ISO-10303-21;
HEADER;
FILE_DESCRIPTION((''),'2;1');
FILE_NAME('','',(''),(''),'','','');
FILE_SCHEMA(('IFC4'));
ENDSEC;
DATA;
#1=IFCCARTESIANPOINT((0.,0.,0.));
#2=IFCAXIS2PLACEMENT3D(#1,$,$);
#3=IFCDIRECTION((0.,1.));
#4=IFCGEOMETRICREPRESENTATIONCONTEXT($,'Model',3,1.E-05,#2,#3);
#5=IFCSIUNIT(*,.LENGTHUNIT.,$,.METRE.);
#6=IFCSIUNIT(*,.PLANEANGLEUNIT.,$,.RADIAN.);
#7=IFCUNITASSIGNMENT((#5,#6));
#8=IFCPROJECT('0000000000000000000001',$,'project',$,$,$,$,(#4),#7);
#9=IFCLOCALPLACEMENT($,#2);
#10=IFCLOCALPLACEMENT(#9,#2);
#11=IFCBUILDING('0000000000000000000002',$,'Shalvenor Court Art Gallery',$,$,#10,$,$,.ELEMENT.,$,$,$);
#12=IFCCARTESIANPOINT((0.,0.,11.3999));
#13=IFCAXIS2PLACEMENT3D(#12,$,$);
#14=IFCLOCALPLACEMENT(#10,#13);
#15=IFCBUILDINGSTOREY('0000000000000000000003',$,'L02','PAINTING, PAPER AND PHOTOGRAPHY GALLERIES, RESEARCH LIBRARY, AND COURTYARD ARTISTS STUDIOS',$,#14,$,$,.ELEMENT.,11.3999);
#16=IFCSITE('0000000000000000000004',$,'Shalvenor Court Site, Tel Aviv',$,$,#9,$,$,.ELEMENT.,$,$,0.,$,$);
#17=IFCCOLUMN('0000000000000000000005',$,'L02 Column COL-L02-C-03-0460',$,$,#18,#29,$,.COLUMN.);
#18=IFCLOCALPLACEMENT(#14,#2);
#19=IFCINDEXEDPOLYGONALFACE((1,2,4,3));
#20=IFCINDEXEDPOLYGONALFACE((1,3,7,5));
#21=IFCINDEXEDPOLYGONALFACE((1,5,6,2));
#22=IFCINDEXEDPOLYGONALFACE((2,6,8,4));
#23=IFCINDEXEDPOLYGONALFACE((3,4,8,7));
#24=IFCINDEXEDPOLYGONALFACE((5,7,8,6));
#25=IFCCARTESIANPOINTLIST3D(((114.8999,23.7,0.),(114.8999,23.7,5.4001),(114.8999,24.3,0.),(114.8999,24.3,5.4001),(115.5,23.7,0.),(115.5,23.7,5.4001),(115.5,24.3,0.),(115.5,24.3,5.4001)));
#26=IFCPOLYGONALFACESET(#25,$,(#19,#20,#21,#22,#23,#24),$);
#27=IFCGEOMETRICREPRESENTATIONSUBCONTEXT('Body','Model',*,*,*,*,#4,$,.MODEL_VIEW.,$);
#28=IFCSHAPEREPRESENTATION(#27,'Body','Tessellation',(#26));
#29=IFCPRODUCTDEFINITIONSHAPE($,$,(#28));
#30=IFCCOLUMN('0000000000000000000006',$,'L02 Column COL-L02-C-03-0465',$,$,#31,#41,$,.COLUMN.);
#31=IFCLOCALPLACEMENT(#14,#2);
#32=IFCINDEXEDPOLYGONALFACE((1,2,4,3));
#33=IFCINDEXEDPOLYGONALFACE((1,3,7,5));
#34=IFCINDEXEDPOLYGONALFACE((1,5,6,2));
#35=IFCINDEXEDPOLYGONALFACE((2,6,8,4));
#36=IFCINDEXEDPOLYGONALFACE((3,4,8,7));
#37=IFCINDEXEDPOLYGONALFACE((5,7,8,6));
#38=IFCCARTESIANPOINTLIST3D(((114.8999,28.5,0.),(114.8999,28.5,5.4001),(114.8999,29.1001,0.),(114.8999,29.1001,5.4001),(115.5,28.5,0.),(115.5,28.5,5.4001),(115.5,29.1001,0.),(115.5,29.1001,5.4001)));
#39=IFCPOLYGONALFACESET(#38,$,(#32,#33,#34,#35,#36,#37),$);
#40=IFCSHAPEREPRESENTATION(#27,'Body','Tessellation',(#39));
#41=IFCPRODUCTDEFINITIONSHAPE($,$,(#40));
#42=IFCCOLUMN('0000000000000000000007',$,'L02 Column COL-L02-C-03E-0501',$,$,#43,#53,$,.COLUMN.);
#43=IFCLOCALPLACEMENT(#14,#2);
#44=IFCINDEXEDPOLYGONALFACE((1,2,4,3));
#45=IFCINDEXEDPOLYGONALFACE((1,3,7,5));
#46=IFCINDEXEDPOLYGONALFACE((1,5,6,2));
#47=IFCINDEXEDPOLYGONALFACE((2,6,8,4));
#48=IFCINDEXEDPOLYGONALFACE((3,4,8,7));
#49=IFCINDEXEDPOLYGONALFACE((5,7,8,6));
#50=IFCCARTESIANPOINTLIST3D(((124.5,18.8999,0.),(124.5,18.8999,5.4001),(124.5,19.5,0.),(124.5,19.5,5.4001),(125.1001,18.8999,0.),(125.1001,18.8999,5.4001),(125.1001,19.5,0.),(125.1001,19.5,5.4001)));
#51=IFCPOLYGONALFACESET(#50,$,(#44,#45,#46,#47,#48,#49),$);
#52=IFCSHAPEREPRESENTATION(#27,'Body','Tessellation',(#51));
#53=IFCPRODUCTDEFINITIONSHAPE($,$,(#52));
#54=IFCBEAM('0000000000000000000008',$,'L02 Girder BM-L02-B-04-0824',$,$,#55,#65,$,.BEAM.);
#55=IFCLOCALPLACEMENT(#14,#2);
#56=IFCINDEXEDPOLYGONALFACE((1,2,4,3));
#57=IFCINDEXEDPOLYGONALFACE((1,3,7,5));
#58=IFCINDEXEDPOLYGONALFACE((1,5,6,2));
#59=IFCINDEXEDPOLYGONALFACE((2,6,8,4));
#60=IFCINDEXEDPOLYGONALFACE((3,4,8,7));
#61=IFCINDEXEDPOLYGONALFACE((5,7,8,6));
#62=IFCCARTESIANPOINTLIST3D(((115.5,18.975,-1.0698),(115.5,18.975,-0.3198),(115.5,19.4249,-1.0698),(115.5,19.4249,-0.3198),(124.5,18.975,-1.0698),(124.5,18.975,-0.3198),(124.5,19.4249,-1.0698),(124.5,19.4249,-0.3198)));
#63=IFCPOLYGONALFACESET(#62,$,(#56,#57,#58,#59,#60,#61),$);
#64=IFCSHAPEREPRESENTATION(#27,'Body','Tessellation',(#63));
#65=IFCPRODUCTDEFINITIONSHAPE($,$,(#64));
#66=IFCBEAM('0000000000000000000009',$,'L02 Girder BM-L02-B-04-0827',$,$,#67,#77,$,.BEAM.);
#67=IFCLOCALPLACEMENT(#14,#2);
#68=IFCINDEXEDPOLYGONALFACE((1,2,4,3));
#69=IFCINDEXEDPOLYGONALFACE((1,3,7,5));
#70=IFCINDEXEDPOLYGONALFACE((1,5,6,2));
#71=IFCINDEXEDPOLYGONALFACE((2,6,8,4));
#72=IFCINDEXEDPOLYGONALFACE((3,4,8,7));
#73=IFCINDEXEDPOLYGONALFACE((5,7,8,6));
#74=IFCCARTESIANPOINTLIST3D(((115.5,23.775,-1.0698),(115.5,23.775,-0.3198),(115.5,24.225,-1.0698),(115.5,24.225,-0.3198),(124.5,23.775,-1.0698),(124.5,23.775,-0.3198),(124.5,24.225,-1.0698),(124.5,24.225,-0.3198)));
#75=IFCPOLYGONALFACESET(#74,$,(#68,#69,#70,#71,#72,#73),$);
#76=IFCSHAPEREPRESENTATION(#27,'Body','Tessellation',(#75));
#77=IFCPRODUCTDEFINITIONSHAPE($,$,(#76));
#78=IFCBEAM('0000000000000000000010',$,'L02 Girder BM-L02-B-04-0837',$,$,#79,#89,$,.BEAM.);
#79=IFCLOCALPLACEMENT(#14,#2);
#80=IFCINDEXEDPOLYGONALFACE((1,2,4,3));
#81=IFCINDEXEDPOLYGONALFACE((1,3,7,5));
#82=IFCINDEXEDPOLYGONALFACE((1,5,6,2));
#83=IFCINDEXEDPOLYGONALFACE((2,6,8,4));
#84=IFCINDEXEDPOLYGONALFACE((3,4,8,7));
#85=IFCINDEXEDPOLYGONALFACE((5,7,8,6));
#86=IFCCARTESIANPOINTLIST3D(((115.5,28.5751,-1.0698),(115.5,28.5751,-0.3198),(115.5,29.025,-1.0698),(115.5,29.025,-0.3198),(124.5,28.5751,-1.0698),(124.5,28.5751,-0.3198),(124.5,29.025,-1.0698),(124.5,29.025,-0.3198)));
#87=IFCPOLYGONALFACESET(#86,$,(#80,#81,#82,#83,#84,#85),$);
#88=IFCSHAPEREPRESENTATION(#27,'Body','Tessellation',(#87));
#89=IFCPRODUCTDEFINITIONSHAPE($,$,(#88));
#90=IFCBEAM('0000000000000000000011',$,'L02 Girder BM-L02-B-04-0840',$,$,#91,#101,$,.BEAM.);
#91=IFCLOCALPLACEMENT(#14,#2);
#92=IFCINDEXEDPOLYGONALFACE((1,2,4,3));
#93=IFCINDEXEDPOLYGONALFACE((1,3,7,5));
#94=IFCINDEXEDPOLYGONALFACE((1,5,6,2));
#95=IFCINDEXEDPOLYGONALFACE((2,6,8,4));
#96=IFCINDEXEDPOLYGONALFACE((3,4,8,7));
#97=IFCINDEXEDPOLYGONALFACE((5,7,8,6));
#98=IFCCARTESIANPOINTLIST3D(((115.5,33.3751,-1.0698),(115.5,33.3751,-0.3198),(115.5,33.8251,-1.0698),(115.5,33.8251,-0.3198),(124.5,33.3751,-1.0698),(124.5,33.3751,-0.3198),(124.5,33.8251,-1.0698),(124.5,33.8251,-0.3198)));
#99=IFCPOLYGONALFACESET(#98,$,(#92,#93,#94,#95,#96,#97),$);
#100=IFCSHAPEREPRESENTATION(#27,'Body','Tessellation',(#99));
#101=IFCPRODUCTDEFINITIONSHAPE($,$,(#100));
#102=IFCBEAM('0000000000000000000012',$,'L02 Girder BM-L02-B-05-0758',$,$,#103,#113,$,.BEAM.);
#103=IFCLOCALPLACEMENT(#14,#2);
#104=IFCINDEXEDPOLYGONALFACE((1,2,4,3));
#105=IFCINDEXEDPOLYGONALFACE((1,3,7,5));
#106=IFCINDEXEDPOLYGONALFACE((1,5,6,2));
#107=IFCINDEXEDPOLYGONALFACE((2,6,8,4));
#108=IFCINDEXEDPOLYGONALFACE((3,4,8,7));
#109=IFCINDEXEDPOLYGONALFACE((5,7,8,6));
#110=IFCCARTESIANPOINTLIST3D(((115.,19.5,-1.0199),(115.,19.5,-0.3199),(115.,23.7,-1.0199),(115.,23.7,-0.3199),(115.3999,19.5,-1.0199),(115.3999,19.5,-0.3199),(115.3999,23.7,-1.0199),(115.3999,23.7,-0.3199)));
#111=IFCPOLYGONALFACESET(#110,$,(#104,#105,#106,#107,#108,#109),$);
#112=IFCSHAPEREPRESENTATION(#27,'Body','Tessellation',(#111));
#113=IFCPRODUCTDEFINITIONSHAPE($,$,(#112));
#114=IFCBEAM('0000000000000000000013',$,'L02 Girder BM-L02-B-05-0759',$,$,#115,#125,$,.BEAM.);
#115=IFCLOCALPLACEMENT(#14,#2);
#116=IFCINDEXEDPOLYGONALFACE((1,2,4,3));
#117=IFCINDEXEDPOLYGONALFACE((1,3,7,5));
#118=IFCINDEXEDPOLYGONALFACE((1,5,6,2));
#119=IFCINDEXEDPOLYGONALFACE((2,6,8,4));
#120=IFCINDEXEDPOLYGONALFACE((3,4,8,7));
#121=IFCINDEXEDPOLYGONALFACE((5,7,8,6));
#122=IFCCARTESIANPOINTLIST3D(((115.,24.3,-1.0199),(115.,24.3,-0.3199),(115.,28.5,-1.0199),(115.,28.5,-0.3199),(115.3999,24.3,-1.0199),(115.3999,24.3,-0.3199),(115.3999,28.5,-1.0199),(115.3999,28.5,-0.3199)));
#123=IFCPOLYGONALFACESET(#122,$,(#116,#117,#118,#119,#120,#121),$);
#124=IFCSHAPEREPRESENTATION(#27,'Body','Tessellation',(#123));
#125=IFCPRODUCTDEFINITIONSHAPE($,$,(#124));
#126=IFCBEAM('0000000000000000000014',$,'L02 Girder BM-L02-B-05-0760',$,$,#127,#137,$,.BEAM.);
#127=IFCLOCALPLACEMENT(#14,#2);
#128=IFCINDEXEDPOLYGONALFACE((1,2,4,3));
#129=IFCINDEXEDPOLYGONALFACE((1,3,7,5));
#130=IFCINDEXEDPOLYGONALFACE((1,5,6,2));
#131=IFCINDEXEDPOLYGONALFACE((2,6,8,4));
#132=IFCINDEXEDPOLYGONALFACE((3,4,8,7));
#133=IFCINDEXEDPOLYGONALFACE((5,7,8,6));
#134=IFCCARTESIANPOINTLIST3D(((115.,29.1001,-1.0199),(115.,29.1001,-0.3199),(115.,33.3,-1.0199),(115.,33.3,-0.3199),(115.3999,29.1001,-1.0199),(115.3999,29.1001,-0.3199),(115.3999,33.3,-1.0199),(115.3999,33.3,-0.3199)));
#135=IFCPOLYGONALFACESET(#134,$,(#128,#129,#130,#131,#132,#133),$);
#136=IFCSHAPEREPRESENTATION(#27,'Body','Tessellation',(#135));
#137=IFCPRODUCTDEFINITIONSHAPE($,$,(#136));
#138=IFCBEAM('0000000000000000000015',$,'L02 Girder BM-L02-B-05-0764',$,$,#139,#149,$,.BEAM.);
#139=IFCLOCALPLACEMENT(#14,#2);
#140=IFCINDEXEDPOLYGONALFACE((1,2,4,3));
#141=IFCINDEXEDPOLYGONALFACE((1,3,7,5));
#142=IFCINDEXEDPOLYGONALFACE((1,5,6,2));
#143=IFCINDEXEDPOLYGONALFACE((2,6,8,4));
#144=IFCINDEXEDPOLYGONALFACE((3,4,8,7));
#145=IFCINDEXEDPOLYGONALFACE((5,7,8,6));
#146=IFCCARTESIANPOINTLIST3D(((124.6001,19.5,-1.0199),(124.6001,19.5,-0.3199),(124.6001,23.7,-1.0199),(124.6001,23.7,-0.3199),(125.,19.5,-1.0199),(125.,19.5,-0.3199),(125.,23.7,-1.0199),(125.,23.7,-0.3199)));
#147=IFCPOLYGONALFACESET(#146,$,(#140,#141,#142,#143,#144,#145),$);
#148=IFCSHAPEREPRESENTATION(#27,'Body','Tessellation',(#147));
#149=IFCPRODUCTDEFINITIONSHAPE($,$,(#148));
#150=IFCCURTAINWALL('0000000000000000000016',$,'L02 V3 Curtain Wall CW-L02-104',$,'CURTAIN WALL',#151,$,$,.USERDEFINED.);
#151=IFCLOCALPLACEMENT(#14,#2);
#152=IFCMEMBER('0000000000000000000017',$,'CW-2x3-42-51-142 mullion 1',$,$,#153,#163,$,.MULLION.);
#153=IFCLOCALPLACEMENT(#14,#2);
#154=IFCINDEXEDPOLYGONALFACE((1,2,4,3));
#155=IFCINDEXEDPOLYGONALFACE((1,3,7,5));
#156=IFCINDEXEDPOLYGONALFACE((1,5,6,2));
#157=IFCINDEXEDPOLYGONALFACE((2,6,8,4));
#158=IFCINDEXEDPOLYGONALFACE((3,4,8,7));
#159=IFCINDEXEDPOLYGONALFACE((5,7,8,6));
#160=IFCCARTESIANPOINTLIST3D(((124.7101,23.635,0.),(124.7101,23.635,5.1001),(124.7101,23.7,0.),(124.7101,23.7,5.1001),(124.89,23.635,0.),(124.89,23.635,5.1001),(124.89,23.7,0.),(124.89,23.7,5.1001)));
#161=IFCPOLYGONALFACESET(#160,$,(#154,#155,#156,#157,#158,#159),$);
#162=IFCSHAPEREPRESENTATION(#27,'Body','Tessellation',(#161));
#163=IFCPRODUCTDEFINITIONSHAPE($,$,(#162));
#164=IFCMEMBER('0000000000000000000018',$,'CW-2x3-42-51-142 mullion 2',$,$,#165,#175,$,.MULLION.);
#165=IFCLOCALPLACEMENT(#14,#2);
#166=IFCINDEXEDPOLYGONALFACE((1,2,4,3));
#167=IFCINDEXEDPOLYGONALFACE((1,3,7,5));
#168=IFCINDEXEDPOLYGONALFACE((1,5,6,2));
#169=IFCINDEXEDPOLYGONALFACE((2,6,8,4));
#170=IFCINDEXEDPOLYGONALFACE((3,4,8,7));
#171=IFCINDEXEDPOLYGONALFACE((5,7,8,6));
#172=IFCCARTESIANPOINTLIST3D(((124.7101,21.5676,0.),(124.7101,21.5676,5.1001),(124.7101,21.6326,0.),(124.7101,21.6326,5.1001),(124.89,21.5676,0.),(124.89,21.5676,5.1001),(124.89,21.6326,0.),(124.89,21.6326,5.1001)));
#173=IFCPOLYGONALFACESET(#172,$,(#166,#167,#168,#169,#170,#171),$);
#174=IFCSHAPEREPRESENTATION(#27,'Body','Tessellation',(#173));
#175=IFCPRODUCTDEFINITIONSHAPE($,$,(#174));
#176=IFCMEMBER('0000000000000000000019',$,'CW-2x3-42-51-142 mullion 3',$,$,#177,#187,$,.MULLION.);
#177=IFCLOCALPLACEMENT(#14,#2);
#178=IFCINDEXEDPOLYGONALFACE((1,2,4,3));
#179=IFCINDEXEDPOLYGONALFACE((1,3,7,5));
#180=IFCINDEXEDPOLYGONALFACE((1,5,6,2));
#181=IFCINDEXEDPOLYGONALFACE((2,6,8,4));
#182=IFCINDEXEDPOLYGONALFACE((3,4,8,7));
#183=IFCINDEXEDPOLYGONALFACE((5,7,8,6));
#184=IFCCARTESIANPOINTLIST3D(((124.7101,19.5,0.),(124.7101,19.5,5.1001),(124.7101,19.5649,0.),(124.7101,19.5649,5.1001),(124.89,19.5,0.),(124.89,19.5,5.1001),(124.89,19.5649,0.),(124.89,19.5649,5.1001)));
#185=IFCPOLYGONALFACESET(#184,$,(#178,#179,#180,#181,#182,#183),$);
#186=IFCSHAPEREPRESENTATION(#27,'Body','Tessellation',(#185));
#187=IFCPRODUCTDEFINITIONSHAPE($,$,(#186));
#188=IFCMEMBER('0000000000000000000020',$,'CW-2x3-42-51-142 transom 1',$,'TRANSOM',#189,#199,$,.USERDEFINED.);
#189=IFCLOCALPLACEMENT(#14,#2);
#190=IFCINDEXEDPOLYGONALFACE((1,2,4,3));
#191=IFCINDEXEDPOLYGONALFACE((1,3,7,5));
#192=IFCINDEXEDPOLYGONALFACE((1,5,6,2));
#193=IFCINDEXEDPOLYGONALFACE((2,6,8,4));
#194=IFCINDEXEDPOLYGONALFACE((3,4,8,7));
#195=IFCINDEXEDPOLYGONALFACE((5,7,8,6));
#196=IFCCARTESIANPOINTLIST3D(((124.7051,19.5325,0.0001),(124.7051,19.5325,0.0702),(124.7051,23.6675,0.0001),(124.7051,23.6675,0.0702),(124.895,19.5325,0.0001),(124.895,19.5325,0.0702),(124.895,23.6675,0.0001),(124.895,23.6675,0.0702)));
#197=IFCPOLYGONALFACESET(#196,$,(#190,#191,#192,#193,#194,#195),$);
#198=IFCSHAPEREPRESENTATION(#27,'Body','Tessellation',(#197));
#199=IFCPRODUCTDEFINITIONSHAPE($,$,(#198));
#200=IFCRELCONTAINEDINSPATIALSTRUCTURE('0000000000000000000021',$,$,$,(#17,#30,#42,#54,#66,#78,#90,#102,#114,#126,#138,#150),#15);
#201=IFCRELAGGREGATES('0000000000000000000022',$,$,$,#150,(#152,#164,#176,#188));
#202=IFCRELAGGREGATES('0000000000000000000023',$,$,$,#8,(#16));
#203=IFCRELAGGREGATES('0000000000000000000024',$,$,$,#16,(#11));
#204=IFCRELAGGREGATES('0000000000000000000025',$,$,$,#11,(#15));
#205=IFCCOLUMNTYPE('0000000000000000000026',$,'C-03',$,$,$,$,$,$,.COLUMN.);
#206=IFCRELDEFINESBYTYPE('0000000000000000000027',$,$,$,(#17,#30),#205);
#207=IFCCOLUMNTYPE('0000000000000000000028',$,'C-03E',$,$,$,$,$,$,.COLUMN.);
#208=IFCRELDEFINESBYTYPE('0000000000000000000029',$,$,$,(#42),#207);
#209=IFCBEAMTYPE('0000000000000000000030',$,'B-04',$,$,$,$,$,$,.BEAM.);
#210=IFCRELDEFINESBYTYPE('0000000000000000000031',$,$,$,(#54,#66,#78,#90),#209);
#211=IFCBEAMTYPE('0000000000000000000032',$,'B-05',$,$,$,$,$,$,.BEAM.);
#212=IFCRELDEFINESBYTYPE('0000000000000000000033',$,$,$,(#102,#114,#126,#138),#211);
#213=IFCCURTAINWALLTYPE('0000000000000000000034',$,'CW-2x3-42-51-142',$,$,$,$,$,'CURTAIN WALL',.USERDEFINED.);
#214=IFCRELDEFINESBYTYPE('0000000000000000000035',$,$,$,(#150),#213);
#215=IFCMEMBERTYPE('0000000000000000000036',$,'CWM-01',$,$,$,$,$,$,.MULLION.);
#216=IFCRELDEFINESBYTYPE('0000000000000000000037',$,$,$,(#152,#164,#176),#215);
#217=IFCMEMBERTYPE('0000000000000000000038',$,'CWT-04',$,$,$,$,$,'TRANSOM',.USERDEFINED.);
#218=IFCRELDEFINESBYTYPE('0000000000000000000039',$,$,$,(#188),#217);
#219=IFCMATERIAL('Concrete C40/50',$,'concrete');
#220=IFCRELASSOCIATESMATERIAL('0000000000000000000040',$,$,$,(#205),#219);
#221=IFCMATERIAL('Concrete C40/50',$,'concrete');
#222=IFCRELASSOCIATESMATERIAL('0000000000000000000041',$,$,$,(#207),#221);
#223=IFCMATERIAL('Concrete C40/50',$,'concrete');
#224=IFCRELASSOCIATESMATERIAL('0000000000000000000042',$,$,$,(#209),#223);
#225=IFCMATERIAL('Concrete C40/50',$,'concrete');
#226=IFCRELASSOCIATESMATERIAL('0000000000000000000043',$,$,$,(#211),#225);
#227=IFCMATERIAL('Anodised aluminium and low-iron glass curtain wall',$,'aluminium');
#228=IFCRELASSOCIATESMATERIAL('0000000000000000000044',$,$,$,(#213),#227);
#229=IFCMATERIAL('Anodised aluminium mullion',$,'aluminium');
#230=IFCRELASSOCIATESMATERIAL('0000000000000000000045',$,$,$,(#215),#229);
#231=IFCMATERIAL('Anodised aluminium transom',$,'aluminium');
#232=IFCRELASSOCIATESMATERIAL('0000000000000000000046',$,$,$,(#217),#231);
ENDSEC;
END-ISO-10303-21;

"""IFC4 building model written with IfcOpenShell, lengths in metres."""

from ifc_helpers import new_model, si_unit, direction, frame, origin, origin_2d, place, context, subcontext, project, spatial, rectangle, extrude, material, material_profile, profile_set, type_object, element, aggregate, save


model = new_model("IFC4")

# Units and contexts
model_context = context("Model", 3, precision=1e-05, world=origin(), true_north=direction((0.0, 1.0)))
body_context = subcontext(model_context, "Body", "Model", "MODEL_VIEW")
ifc_project = project(units=[si_unit("LENGTHUNIT", "METRE"), si_unit("PLANEANGLEUNIT", "RADIAN")], contexts=[model_context])

# Site, building, storey
site_placement = place(None, origin())
site = spatial("IfcSite", under=ifc_project, at=site_placement, Name="Shalvenor Court Site, Tel Aviv", CompositionType="ELEMENT", RefElevation=0.0)
building_placement = place(site_placement, origin())
building = spatial("IfcBuilding", under=site, at=building_placement, Name="Shalvenor Court Art Gallery", CompositionType="ELEMENT")
storey_placement = place(building_placement, frame((0.0, 0.0, 11.3999)))
storey = spatial("IfcBuildingStorey", under=building, at=storey_placement, Name="L02", Description="PAINTING, PAPER AND PHOTOGRAPHY GALLERIES, RESEARCH LIBRARY, AND COURTYARD ARTISTS STUDIOS", CompositionType="ELEMENT", Elevation=11.3999)

# Columns
ifc_material_1 = material(Name="Concrete C40/50", Category="concrete")
ifc_material_profile_1 = material_profile(ifc_material_1, rectangle(XDim=0.6001, YDim=0.6001, at=origin_2d()), Name="RC 600x600")
ifc_profile_set_1 = profile_set([ifc_material_profile_1], Name="Concrete C40/50")
column_type_1 = type_object("IfcColumnType", Name="C-03", PredefinedType="COLUMN", material=ifc_profile_set_1)
for number, where, z_axis, x_axis, name in (
    (1, (115.2, 24.0, 0.0), (0.0, 0.0, 1.0), (1.0, 0.0, 0.0), "L02 Column COL-L02-C-03-0460"),
    (2, (115.2, 28.8, 0.0), (0.0, 0.0, 1.0), (1.0, 0.0, 0.0), "L02 Column COL-L02-C-03-0465"),
):
    element("IfcColumn", number, at=place(storey_placement, frame(where, z_axis=z_axis, x_axis=x_axis)), inside=storey, type_object=column_type_1, Name=name, PredefinedType="COLUMN", context=body_context, shape_type="SweptSolid", body=[
        extrude(rectangle(XDim=0.6001, YDim=0.6001, at=origin_2d()), origin(), (0.0, 0.0, 1.0), 5.4001),
    ])
ifc_material_2 = material(Name="Concrete C40/50", Category="concrete")
ifc_material_profile_2 = material_profile(ifc_material_2, rectangle(XDim=0.6001, YDim=0.6001, at=origin_2d()), Name="RC 600x600")
ifc_profile_set_2 = profile_set([ifc_material_profile_2], Name="Concrete C40/50")
column_type_2 = type_object("IfcColumnType", Name="C-03E", PredefinedType="COLUMN", material=ifc_profile_set_2)
column_placement = place(storey_placement, frame((124.8, 19.2, 0.0), z_axis=(0.0, 0.0, 1.0), x_axis=(1.0, 0.0, 0.0)))
element("IfcColumn", 3, at=column_placement, inside=storey, type_object=column_type_2, Name="L02 Column COL-L02-C-03E-0501", PredefinedType="COLUMN", context=body_context, shape_type="SweptSolid", body=[
    extrude(rectangle(XDim=0.6001, YDim=0.6001, at=origin_2d()), origin(), (0.0, 0.0, 1.0), 5.4001),
])

# Beams
ifc_material_3 = material(Name="Concrete C40/50", Category="concrete")
ifc_material_profile_3 = material_profile(ifc_material_3, rectangle(XDim=0.45, YDim=0.75, at=origin_2d()), Name="RC 450x750")
ifc_profile_set_3 = profile_set([ifc_material_profile_3], Name="Concrete C40/50")
beam_type_1 = type_object("IfcBeamType", Name="B-04", PredefinedType="BEAM", material=ifc_profile_set_3)
for number, where, z_axis, x_axis, name in (
    (4, (115.5, 19.2, -0.6948), (1.0, 0.0, 0.0), (0.0, 1.0, 0.0), "L02 Girder BM-L02-B-04-0824"),
    (5, (115.5, 24.0, -0.6948), (1.0, 0.0, 0.0), (0.0, 1.0, 0.0), "L02 Girder BM-L02-B-04-0827"),
    (6, (115.5, 28.8, -0.6948), (1.0, 0.0, 0.0), (0.0, 1.0, 0.0), "L02 Girder BM-L02-B-04-0837"),
    (7, (115.5, 33.6001, -0.6948), (1.0, 0.0, 0.0), (0.0, 1.0, 0.0), "L02 Girder BM-L02-B-04-0840"),
):
    element("IfcBeam", number, at=place(storey_placement, frame(where, z_axis=z_axis, x_axis=x_axis)), inside=storey, type_object=beam_type_1, Name=name, PredefinedType="BEAM", context=body_context, shape_type="SweptSolid", body=[
        extrude(rectangle(XDim=0.45, YDim=0.75, at=origin_2d()), origin(), (0.0, 0.0, 1.0), 9.0),
    ])
ifc_material_4 = material(Name="Concrete C40/50", Category="concrete")
ifc_material_profile_4 = material_profile(ifc_material_4, rectangle(XDim=0.3999, YDim=0.7, at=origin_2d()), Name="RC 400x700")
ifc_profile_set_4 = profile_set([ifc_material_profile_4], Name="Concrete C40/50")
beam_type_2 = type_object("IfcBeamType", Name="B-05", PredefinedType="BEAM", material=ifc_profile_set_4)
for number, where, z_axis, x_axis, name in (
    (8, (115.2, 19.5, -0.6699), (0.0, 1.0, 0.0), (-1.0, 0.0, 0.0), "L02 Girder BM-L02-B-05-0758"),
    (9, (115.2, 24.3, -0.6699), (0.0, 1.0, 0.0), (-1.0, 0.0, 0.0), "L02 Girder BM-L02-B-05-0759"),
    (10, (115.2, 29.1001, -0.6699), (0.0, 1.0, 0.0), (-1.0, 0.0, 0.0), "L02 Girder BM-L02-B-05-0760"),
    (11, (124.8, 19.5, -0.6699), (0.0, 1.0, 0.0), (-1.0, 0.0, 0.0), "L02 Girder BM-L02-B-05-0764"),
):
    element("IfcBeam", number, at=place(storey_placement, frame(where, z_axis=z_axis, x_axis=x_axis)), inside=storey, type_object=beam_type_2, Name=name, PredefinedType="BEAM", context=body_context, shape_type="SweptSolid", body=[
        extrude(rectangle(XDim=0.3999, YDim=0.7, at=origin_2d()), origin(), (0.0, 0.0, 1.0), 4.2),
    ])

# Curtain wall, members
ifc_material_5 = material(Name="Anodised aluminium and low-iron glass curtain wall", Category="aluminium")
curtain_wall_type = type_object("IfcCurtainWallType", Name="CW-2x3-42-51-142", ElementType="CURTAIN WALL", PredefinedType="USERDEFINED", material=ifc_material_5)
curtain_wall_placement = place(storey_placement, origin())
curtain_wall = element("IfcCurtainWall", 12, at=curtain_wall_placement, inside=storey, type_object=curtain_wall_type, Name="L02 V3 Curtain Wall CW-L02-104", ObjectType="CURTAIN WALL", PredefinedType="USERDEFINED")
ifc_material_6 = material(Name="Anodised aluminium mullion", Category="aluminium")
ifc_material_profile_5 = material_profile(ifc_material_6, rectangle(XDim=0.0649, YDim=0.1799, at=origin_2d()), Name="CWM-01")
ifc_profile_set_5 = profile_set([ifc_material_profile_5], Name="Anodised aluminium mullion")
member_type_1 = type_object("IfcMemberType", Name="CWM-01", PredefinedType="MULLION", material=ifc_profile_set_5)
member_1_placement = place(storey_placement, frame((124.8, 23.6675, 0.0), z_axis=(0.0, 0.0, 1.0), x_axis=(0.0, -1.0, 0.0)))
member_1 = element("IfcMember", 13, at=member_1_placement, type_object=member_type_1, Name="CW-2x3-42-51-142 mullion 1", PredefinedType="MULLION", context=body_context, shape_type="SweptSolid", body=[
    extrude(rectangle(XDim=0.0649, YDim=0.1799, at=origin_2d()), origin(), (0.0, 0.0, 1.0), 5.1001),
])
member_2_placement = place(storey_placement, frame((124.8, 21.6001, 0.0), z_axis=(0.0, 0.0, 1.0), x_axis=(0.0, -1.0, 0.0)))
member_2 = element("IfcMember", 14, at=member_2_placement, type_object=member_type_1, Name="CW-2x3-42-51-142 mullion 2", PredefinedType="MULLION", context=body_context, shape_type="SweptSolid", body=[
    extrude(rectangle(XDim=0.0649, YDim=0.1799, at=origin_2d()), origin(), (0.0, 0.0, 1.0), 5.1001),
])
member_3_placement = place(storey_placement, frame((124.8, 19.5325, 0.0), z_axis=(0.0, 0.0, 1.0), x_axis=(0.0, -1.0, 0.0)))
member_3 = element("IfcMember", 15, at=member_3_placement, type_object=member_type_1, Name="CW-2x3-42-51-142 mullion 3", PredefinedType="MULLION", context=body_context, shape_type="SweptSolid", body=[
    extrude(rectangle(XDim=0.0649, YDim=0.1799, at=origin_2d()), origin(), (0.0, 0.0, 1.0), 5.1001),
])
ifc_material_7 = material(Name="Anodised aluminium transom", Category="aluminium")
ifc_material_profile_6 = material_profile(ifc_material_7, rectangle(XDim=0.1899, YDim=0.0701, at=origin_2d()), Name="CWT-04")
ifc_profile_set_6 = profile_set([ifc_material_profile_6], Name="Anodised aluminium transom")
member_type_2 = type_object("IfcMemberType", Name="CWT-04", ElementType="TRANSOM", PredefinedType="USERDEFINED", material=ifc_profile_set_6)
member_4_placement = place(storey_placement, frame((124.8, 23.6675, 0.0352), z_axis=(0.0, -1.0, 0.0), x_axis=(1.0, 0.0, 0.0)))
member_4 = element("IfcMember", 16, at=member_4_placement, type_object=member_type_2, Name="CW-2x3-42-51-142 transom 1", ObjectType="TRANSOM", PredefinedType="USERDEFINED", context=body_context, shape_type="SweptSolid", body=[
    extrude(rectangle(XDim=0.1899, YDim=0.0701, at=origin_2d()), origin(), (0.0, 0.0, 1.0), 4.135),
])

aggregate(curtain_wall, [member_1, member_2, member_3, member_4])

save(model, "model.ifc")
